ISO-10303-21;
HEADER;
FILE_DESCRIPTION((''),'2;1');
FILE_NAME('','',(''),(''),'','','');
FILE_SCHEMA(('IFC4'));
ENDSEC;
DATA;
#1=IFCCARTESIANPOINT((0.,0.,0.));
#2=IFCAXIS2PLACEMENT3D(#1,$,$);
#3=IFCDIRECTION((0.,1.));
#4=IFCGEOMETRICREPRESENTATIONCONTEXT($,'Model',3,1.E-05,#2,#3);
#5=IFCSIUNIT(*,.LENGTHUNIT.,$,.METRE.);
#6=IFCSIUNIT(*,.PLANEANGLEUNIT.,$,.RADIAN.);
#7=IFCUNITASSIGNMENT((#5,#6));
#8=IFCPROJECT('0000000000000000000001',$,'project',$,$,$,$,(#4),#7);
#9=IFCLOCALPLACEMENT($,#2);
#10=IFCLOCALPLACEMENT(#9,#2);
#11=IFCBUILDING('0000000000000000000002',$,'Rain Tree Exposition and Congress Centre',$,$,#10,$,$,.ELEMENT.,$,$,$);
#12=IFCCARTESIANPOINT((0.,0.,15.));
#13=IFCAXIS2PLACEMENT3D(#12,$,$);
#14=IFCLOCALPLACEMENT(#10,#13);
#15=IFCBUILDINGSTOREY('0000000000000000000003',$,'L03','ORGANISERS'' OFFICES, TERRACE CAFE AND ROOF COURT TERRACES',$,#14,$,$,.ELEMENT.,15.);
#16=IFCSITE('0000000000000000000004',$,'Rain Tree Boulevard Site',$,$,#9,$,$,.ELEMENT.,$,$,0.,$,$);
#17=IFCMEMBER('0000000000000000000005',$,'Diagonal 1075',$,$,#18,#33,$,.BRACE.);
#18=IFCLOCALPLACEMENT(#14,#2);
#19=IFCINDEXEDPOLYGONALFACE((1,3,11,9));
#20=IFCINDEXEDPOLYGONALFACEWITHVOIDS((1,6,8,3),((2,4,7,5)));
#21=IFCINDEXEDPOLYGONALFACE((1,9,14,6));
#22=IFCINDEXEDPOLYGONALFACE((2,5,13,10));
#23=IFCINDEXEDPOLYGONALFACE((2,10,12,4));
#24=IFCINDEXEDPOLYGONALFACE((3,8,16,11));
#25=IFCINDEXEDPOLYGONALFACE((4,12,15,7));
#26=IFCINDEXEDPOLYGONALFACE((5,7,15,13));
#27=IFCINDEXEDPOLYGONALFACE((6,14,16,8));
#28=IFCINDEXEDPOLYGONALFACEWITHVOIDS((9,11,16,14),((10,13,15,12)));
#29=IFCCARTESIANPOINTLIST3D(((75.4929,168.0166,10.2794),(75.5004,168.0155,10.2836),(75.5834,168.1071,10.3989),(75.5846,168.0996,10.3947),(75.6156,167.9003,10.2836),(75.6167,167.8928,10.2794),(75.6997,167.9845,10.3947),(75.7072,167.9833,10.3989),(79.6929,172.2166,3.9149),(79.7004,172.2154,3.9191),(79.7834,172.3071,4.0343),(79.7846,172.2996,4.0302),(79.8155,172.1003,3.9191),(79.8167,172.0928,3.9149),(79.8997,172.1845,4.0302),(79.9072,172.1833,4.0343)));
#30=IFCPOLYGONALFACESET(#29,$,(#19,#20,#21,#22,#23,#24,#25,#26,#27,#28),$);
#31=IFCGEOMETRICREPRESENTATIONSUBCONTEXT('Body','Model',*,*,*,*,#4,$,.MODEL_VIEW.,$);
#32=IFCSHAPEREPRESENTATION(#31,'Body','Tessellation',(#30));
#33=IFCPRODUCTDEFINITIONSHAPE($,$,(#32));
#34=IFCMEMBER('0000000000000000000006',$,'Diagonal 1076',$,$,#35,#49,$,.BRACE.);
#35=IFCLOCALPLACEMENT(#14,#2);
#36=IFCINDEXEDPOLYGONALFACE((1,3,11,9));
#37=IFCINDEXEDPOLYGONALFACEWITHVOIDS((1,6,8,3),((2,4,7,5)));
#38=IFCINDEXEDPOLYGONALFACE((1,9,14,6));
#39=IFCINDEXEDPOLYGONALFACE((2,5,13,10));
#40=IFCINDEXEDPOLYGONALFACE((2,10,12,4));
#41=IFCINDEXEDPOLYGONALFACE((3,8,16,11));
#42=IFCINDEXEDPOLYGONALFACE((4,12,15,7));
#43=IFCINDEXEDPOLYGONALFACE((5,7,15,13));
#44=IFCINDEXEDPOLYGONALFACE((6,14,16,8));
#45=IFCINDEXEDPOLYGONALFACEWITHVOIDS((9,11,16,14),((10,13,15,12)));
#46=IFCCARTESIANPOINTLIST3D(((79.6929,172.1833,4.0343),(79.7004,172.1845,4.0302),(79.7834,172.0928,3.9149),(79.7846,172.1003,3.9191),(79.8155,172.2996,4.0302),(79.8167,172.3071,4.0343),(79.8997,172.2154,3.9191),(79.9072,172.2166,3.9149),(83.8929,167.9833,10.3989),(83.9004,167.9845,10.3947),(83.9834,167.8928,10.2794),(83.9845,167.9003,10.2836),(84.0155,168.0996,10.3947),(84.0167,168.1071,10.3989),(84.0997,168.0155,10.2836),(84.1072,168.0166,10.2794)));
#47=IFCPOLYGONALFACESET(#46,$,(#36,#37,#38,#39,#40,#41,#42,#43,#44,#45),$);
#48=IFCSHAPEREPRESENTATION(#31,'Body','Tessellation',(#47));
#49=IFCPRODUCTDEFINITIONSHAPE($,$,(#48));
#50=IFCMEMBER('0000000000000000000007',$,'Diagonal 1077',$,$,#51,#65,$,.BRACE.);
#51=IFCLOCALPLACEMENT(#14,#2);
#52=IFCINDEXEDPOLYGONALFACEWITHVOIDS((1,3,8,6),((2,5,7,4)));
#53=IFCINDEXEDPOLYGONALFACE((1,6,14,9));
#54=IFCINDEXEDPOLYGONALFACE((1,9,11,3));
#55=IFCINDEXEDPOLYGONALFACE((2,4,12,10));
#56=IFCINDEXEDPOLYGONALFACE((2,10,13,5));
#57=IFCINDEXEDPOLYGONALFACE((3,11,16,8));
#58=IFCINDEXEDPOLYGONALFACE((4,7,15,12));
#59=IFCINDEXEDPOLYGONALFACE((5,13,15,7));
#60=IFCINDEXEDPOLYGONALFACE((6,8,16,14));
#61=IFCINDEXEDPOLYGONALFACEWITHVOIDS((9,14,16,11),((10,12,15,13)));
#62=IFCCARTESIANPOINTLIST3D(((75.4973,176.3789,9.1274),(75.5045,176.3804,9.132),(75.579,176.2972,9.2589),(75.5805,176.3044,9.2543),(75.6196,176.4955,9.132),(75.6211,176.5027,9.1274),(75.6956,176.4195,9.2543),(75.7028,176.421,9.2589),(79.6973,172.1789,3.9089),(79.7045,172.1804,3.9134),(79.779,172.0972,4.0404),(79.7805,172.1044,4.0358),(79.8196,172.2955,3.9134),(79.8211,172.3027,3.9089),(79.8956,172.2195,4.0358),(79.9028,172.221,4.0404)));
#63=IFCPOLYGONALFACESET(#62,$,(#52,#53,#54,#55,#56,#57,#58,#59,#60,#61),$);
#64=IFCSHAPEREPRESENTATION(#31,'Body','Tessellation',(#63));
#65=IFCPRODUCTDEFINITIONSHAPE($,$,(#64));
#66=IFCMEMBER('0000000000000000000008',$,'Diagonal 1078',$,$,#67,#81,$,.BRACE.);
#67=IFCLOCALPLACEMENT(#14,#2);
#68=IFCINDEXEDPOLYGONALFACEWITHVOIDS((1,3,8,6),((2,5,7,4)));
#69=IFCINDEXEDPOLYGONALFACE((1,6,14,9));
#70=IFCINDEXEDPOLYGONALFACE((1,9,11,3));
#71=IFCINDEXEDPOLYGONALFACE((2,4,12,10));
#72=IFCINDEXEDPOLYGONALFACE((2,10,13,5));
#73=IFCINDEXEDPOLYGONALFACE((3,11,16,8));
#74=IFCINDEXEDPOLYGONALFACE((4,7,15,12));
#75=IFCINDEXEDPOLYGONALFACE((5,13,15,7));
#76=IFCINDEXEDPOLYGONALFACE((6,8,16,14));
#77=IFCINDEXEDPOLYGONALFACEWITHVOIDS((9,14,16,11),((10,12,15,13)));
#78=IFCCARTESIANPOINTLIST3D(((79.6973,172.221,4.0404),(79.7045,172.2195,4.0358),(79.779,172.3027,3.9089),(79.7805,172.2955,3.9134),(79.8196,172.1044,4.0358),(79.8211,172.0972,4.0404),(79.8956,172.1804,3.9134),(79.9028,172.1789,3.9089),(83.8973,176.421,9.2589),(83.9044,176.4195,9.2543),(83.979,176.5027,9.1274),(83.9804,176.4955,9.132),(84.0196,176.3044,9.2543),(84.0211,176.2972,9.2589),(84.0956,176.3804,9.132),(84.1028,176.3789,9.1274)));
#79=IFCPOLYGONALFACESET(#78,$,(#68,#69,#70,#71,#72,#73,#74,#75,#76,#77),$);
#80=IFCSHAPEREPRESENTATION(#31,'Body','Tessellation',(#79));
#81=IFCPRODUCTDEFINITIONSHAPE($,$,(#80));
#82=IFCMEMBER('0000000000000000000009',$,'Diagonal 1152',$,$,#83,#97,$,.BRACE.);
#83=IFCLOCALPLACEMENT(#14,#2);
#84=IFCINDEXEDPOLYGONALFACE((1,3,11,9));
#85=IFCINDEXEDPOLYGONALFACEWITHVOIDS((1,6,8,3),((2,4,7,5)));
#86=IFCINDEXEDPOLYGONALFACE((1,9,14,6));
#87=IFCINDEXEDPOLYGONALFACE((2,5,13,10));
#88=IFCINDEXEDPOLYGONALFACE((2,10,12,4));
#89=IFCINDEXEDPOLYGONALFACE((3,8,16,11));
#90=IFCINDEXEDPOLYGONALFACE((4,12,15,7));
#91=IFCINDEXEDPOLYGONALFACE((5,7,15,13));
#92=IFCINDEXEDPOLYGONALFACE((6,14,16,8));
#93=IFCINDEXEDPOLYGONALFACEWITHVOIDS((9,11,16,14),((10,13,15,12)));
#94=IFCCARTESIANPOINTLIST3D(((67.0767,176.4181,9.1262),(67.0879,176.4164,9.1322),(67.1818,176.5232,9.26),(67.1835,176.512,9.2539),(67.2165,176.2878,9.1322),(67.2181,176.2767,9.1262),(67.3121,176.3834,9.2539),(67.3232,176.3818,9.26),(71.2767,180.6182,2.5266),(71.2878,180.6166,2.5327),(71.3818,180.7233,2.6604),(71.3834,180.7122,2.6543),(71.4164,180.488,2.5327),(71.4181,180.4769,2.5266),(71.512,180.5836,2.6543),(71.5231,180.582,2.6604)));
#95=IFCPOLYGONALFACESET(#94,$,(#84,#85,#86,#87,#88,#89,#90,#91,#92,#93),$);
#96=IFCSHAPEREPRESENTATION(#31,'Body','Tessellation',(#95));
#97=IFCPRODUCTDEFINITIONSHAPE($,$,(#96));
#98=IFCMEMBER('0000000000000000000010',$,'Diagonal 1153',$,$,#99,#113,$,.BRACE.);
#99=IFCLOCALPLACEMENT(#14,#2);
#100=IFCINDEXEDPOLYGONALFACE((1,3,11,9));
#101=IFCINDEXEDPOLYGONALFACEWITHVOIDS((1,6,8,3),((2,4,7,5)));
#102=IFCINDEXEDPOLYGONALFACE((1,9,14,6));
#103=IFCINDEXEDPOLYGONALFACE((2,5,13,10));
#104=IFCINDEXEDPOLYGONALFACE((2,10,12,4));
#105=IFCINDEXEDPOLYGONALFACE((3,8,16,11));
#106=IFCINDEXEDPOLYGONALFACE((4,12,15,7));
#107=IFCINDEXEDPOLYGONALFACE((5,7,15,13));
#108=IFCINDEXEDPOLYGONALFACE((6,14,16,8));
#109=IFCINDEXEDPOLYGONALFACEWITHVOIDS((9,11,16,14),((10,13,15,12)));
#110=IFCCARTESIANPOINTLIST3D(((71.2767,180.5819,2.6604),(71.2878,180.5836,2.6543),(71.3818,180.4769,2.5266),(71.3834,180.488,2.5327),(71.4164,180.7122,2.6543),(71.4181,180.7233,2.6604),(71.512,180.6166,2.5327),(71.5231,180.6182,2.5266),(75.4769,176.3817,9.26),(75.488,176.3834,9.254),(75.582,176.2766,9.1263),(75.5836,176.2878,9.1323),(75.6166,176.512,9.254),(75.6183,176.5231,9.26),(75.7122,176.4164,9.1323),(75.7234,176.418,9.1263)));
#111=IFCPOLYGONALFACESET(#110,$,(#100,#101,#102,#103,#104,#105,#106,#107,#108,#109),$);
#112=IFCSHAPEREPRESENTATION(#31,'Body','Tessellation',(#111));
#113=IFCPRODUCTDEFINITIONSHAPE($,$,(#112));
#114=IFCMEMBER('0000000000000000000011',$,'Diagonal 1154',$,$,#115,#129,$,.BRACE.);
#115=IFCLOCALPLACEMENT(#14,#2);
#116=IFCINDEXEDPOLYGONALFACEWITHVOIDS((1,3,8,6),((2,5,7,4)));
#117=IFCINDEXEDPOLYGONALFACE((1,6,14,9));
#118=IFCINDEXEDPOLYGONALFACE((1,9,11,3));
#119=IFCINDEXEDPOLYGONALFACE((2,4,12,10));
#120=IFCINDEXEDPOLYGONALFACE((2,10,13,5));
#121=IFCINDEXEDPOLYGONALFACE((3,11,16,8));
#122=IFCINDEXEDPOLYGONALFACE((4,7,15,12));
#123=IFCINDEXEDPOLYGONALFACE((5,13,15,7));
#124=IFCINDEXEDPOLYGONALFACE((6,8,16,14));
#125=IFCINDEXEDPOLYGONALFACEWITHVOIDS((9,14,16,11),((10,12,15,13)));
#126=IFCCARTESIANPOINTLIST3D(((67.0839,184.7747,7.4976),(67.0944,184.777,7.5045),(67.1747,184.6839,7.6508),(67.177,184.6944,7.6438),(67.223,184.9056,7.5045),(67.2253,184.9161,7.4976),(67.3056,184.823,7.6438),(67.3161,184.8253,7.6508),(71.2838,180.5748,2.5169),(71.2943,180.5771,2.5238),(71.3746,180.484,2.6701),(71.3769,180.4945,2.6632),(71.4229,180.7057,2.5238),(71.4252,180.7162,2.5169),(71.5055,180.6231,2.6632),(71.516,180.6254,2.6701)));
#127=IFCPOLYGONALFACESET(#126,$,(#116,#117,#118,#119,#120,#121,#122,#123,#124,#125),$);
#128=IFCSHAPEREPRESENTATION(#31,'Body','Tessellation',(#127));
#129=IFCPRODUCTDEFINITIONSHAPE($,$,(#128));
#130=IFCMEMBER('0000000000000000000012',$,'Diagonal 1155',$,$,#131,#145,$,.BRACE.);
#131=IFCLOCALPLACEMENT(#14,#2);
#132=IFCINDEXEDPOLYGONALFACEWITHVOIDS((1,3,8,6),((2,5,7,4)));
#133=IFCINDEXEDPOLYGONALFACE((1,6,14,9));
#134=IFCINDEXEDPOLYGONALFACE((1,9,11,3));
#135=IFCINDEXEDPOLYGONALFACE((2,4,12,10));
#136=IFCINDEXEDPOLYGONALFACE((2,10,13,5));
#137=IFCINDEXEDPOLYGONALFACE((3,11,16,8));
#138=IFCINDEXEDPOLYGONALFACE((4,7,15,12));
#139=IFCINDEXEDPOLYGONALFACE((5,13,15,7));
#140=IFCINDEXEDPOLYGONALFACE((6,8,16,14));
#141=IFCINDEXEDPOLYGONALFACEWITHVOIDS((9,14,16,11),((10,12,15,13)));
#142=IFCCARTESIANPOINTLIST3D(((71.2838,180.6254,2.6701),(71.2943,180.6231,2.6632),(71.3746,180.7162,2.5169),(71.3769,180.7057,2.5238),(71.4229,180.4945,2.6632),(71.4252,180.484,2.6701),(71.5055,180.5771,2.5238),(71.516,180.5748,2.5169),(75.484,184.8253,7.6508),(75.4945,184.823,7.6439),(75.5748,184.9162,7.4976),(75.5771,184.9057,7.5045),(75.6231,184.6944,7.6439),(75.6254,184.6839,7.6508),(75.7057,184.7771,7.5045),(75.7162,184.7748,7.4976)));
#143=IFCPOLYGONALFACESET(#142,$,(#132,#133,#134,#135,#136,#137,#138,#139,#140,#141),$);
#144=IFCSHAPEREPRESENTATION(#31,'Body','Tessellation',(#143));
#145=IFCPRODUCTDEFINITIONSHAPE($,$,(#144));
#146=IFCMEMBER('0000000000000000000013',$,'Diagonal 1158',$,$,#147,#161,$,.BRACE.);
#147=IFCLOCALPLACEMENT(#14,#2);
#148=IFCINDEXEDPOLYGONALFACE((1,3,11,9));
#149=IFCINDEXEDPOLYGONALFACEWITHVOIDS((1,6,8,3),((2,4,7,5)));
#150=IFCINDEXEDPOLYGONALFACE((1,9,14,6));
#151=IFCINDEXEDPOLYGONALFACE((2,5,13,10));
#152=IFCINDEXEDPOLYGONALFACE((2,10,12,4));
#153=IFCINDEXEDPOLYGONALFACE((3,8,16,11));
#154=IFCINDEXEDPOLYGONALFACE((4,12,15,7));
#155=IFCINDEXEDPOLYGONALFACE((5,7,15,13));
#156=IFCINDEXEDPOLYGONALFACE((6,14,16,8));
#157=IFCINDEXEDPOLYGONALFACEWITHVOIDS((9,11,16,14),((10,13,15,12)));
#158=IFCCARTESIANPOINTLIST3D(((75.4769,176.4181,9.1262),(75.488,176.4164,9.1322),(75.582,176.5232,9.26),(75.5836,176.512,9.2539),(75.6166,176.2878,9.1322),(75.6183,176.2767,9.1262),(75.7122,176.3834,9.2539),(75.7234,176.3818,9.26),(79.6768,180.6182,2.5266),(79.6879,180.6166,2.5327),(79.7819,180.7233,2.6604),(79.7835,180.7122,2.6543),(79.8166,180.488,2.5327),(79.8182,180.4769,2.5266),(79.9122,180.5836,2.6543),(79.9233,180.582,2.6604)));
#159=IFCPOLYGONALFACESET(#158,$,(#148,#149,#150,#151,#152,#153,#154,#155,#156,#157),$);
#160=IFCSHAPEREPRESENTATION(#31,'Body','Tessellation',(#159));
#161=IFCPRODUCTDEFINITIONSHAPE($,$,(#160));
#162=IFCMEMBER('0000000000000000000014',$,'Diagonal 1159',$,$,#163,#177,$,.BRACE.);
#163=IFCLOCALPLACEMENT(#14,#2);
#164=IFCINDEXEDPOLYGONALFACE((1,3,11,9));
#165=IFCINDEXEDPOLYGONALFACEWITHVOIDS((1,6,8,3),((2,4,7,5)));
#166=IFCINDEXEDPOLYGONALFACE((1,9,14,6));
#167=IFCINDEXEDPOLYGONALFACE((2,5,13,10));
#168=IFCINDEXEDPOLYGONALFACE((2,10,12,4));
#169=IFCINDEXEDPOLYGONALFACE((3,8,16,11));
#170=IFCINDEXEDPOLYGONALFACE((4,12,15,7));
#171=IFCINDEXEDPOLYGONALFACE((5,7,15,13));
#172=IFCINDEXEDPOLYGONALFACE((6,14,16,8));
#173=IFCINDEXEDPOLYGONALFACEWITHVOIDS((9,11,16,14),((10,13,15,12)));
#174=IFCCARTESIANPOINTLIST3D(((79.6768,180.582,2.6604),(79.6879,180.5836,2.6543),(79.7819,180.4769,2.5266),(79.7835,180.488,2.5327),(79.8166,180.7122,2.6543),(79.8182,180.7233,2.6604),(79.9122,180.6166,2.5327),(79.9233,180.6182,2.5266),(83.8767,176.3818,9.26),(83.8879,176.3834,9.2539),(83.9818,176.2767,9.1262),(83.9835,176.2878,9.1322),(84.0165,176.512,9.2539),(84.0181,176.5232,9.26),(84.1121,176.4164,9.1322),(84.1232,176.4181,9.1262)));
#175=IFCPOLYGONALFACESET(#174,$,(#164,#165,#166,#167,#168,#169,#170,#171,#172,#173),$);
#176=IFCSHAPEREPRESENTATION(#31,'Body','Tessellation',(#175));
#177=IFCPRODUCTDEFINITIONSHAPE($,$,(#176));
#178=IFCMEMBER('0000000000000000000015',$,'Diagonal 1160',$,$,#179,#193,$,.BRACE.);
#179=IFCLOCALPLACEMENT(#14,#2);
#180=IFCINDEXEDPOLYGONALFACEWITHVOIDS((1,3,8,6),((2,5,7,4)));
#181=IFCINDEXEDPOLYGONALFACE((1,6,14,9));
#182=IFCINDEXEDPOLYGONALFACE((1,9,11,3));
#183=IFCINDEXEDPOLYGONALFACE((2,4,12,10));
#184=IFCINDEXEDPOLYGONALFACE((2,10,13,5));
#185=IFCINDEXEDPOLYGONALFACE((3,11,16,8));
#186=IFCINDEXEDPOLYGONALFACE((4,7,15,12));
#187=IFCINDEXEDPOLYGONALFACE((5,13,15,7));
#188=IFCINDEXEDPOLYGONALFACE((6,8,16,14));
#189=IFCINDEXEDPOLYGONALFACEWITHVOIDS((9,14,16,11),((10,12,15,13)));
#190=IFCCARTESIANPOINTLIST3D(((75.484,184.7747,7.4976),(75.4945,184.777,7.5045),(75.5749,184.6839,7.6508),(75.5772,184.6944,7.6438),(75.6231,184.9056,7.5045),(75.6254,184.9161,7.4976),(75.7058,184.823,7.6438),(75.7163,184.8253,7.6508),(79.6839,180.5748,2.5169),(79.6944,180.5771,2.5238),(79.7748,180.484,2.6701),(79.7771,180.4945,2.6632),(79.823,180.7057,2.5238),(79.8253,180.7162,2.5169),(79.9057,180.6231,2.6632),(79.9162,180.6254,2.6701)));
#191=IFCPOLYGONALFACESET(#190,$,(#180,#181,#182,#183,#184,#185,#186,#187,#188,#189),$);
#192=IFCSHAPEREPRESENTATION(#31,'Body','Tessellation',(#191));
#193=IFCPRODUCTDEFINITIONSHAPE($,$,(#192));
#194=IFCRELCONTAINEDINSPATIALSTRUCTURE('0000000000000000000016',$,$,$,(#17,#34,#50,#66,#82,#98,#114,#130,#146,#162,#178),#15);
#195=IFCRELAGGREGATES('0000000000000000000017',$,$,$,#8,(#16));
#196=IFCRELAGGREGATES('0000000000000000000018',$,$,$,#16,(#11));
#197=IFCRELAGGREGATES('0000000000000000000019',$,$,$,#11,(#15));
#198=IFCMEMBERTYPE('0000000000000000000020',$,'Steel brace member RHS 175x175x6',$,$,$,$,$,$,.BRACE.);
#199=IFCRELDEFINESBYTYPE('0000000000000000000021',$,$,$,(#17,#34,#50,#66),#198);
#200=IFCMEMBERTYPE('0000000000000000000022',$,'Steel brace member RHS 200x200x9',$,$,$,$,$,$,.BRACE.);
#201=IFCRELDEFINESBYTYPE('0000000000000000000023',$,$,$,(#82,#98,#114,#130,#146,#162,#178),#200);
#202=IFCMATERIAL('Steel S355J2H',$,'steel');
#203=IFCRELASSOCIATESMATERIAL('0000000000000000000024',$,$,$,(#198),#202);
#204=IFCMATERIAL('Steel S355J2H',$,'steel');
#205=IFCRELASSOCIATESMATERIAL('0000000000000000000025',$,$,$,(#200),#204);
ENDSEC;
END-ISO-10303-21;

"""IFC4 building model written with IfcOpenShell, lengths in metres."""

from ifc_helpers import new_model, si_unit, direction, frame, origin, origin_2d, place, context, subcontext, project, spatial, hollow_rectangle, extrude, material, material_profile, profile_set, type_object, element, save


model = new_model("IFC4")

# Units and contexts
model_context = context("Model", 3, precision=1e-05, world=origin(), true_north=direction((0.0, 1.0)))
body_context = subcontext(model_context, "Body", "Model", "MODEL_VIEW")
ifc_project = project(units=[si_unit("LENGTHUNIT", "METRE"), si_unit("PLANEANGLEUNIT", "RADIAN")], contexts=[model_context])

# Site, building, storey
site_placement = place(None, origin())
site = spatial("IfcSite", under=ifc_project, at=site_placement, Name="Rain Tree Boulevard Site", CompositionType="ELEMENT", RefElevation=0.0)
building_placement = place(site_placement, origin())
building = spatial("IfcBuilding", under=site, at=building_placement, Name="Rain Tree Exposition and Congress Centre", CompositionType="ELEMENT")
storey_placement = place(building_placement, frame((0.0, 0.0, 15.0)))
storey = spatial("IfcBuildingStorey", under=building, at=storey_placement, Name="L03", Description="ORGANISERS' OFFICES, TERRACE CAFE AND ROOF COURT TERRACES", CompositionType="ELEMENT", Elevation=15.0)

# Members
ifc_material_1 = material(Name="Steel S355J2H", Category="steel")
ifc_material_profile_1 = material_profile(ifc_material_1, hollow_rectangle(XDim=0.175, YDim=0.175, WallThickness=0.0061, at=origin_2d()), Name="RHS 175x175x6")
ifc_profile_set_1 = profile_set([ifc_material_profile_1], Name="Steel S355J2H")
member_type_1 = type_object("IfcMemberType", Name="Steel brace member RHS 175x175x6", PredefinedType="BRACE", material=ifc_profile_set_1)
for number, where, z_axis, x_axis, name in (
    (1, (79.8, 172.2, 3.9746), (-0.482447, -0.482447, 0.731088), (0.707107, -0.707107, 0.0), "Diagonal 1075"),
    (2, (79.8, 172.2, 3.9746), (0.482447, -0.482447, 0.731088), (0.707107, 0.707107, 0.0), "Diagonal 1076"),
):
    element("IfcMember", number, at=place(storey_placement, frame(where, z_axis=z_axis, x_axis=x_axis)), inside=storey, type_object=member_type_1, Name=name, PredefinedType="BRACE", context=body_context, shape_type="SweptSolid", body=[
        extrude(hollow_rectangle(XDim=0.175, YDim=0.175, WallThickness=0.0061, at=origin_2d()), origin(), (0.0, 0.0, 1.0), 8.7056),
    ])
for number, where, z_axis, x_axis, name in (
    (3, (79.8, 172.2, 3.9746), (-0.531206, 0.531206, 0.660031), (-0.707107, -0.707107, 0.0), "Diagonal 1077"),
    (4, (79.8, 172.2, 3.9746), (0.531206, 0.531206, 0.660031), (-0.707107, 0.707107, 0.0), "Diagonal 1078"),
):
    element("IfcMember", number, at=place(storey_placement, frame(where, z_axis=z_axis, x_axis=x_axis)), inside=storey, type_object=member_type_1, Name=name, PredefinedType="BRACE", context=body_context, shape_type="SweptSolid", body=[
        extrude(hollow_rectangle(XDim=0.175, YDim=0.175, WallThickness=0.0061, at=origin_2d()), origin(), (0.0, 0.0, 1.0), 7.9065),
    ])
ifc_material_2 = material(Name="Steel S355J2H", Category="steel")
ifc_material_profile_2 = material_profile(ifc_material_2, hollow_rectangle(XDim=0.2, YDim=0.2, WallThickness=0.009, at=origin_2d()), Name="RHS 200x200x9")
ifc_profile_set_2 = profile_set([ifc_material_profile_2], Name="Steel S355J2H")
member_type_2 = type_object("IfcMemberType", Name="Steel brace member RHS 200x200x9", PredefinedType="BRACE", material=ifc_profile_set_2)
member_1_placement = place(storey_placement, frame((71.3999, 180.6001, 2.5935), z_axis=(-0.473022, -0.47305, 0.743286), x_axis=(0.707127, -0.707086, 0.0)))
element("IfcMember", 5, at=member_1_placement, inside=storey, type_object=member_type_2, Name="Diagonal 1152", PredefinedType="BRACE", context=body_context, shape_type="SweptSolid", body=[
    extrude(hollow_rectangle(XDim=0.2, YDim=0.2, WallThickness=0.009, at=origin_2d()), origin(), (0.0, 0.0, 1.0), 8.8789),
])
member_2_placement = place(storey_placement, frame((71.3999, 180.6001, 2.5935), z_axis=(0.473044, -0.473044, 0.743276), x_axis=(0.707107, 0.707107, 0.0)))
element("IfcMember", 6, at=member_2_placement, inside=storey, type_object=member_type_2, Name="Diagonal 1153", PredefinedType="BRACE", context=body_context, shape_type="SweptSolid", body=[
    extrude(hollow_rectangle(XDim=0.2, YDim=0.2, WallThickness=0.009, at=origin_2d()), origin(), (0.0, 0.0, 1.0), 8.8792),
])
member_3_placement = place(storey_placement, frame((71.3999, 180.6001, 2.5935), z_axis=(-0.54182, 0.54182, 0.642543), x_axis=(-0.707107, -0.707107, 0.0)))
element("IfcMember", 7, at=member_3_placement, inside=storey, type_object=member_type_2, Name="Diagonal 1154", PredefinedType="BRACE", context=body_context, shape_type="SweptSolid", body=[
    extrude(hollow_rectangle(XDim=0.2, YDim=0.2, WallThickness=0.009, at=origin_2d()), origin(), (0.0, 0.0, 1.0), 7.7515),
])
member_4_placement = place(storey_placement, frame((71.3999, 180.6001, 2.5935), z_axis=(0.541842, 0.541811, 0.642532), x_axis=(-0.707086, 0.707127, 0.0)))
element("IfcMember", 8, at=member_4_placement, inside=storey, type_object=member_type_2, Name="Diagonal 1155", PredefinedType="BRACE", context=body_context, shape_type="SweptSolid", body=[
    extrude(hollow_rectangle(XDim=0.2, YDim=0.2, WallThickness=0.009, at=origin_2d()), origin(), (0.0, 0.0, 1.0), 7.7517),
])
for number, where, z_axis, x_axis, name in (
    (9, (79.8, 180.6001, 2.5935), (-0.473022, -0.47305, 0.743286), (0.707127, -0.707086, 0.0), "Diagonal 1158"),
    (10, (79.8, 180.6001, 2.5935), (0.473022, -0.47305, 0.743286), (0.707127, 0.707086, 0.0), "Diagonal 1159"),
):
    element("IfcMember", number, at=place(storey_placement, frame(where, z_axis=z_axis, x_axis=x_axis)), inside=storey, type_object=member_type_2, Name=name, PredefinedType="BRACE", context=body_context, shape_type="SweptSolid", body=[
        extrude(hollow_rectangle(XDim=0.2, YDim=0.2, WallThickness=0.009, at=origin_2d()), origin(), (0.0, 0.0, 1.0), 8.8789),
    ])
for number, where, z_axis, x_axis, name in (
    (11, (79.8, 180.6001, 2.5935), (-0.54182, 0.54182, 0.642543), (-0.707107, -0.707107, 0.0), "Diagonal 1160"),
):
    element("IfcMember", number, at=place(storey_placement, frame(where, z_axis=z_axis, x_axis=x_axis)), inside=storey, type_object=member_type_2, Name=name, PredefinedType="BRACE", context=body_context, shape_type="SweptSolid", body=[
        extrude(hollow_rectangle(XDim=0.2, YDim=0.2, WallThickness=0.009, at=origin_2d()), origin(), (0.0, 0.0, 1.0), 7.7515),
    ])

save(model, "model.ifc")
